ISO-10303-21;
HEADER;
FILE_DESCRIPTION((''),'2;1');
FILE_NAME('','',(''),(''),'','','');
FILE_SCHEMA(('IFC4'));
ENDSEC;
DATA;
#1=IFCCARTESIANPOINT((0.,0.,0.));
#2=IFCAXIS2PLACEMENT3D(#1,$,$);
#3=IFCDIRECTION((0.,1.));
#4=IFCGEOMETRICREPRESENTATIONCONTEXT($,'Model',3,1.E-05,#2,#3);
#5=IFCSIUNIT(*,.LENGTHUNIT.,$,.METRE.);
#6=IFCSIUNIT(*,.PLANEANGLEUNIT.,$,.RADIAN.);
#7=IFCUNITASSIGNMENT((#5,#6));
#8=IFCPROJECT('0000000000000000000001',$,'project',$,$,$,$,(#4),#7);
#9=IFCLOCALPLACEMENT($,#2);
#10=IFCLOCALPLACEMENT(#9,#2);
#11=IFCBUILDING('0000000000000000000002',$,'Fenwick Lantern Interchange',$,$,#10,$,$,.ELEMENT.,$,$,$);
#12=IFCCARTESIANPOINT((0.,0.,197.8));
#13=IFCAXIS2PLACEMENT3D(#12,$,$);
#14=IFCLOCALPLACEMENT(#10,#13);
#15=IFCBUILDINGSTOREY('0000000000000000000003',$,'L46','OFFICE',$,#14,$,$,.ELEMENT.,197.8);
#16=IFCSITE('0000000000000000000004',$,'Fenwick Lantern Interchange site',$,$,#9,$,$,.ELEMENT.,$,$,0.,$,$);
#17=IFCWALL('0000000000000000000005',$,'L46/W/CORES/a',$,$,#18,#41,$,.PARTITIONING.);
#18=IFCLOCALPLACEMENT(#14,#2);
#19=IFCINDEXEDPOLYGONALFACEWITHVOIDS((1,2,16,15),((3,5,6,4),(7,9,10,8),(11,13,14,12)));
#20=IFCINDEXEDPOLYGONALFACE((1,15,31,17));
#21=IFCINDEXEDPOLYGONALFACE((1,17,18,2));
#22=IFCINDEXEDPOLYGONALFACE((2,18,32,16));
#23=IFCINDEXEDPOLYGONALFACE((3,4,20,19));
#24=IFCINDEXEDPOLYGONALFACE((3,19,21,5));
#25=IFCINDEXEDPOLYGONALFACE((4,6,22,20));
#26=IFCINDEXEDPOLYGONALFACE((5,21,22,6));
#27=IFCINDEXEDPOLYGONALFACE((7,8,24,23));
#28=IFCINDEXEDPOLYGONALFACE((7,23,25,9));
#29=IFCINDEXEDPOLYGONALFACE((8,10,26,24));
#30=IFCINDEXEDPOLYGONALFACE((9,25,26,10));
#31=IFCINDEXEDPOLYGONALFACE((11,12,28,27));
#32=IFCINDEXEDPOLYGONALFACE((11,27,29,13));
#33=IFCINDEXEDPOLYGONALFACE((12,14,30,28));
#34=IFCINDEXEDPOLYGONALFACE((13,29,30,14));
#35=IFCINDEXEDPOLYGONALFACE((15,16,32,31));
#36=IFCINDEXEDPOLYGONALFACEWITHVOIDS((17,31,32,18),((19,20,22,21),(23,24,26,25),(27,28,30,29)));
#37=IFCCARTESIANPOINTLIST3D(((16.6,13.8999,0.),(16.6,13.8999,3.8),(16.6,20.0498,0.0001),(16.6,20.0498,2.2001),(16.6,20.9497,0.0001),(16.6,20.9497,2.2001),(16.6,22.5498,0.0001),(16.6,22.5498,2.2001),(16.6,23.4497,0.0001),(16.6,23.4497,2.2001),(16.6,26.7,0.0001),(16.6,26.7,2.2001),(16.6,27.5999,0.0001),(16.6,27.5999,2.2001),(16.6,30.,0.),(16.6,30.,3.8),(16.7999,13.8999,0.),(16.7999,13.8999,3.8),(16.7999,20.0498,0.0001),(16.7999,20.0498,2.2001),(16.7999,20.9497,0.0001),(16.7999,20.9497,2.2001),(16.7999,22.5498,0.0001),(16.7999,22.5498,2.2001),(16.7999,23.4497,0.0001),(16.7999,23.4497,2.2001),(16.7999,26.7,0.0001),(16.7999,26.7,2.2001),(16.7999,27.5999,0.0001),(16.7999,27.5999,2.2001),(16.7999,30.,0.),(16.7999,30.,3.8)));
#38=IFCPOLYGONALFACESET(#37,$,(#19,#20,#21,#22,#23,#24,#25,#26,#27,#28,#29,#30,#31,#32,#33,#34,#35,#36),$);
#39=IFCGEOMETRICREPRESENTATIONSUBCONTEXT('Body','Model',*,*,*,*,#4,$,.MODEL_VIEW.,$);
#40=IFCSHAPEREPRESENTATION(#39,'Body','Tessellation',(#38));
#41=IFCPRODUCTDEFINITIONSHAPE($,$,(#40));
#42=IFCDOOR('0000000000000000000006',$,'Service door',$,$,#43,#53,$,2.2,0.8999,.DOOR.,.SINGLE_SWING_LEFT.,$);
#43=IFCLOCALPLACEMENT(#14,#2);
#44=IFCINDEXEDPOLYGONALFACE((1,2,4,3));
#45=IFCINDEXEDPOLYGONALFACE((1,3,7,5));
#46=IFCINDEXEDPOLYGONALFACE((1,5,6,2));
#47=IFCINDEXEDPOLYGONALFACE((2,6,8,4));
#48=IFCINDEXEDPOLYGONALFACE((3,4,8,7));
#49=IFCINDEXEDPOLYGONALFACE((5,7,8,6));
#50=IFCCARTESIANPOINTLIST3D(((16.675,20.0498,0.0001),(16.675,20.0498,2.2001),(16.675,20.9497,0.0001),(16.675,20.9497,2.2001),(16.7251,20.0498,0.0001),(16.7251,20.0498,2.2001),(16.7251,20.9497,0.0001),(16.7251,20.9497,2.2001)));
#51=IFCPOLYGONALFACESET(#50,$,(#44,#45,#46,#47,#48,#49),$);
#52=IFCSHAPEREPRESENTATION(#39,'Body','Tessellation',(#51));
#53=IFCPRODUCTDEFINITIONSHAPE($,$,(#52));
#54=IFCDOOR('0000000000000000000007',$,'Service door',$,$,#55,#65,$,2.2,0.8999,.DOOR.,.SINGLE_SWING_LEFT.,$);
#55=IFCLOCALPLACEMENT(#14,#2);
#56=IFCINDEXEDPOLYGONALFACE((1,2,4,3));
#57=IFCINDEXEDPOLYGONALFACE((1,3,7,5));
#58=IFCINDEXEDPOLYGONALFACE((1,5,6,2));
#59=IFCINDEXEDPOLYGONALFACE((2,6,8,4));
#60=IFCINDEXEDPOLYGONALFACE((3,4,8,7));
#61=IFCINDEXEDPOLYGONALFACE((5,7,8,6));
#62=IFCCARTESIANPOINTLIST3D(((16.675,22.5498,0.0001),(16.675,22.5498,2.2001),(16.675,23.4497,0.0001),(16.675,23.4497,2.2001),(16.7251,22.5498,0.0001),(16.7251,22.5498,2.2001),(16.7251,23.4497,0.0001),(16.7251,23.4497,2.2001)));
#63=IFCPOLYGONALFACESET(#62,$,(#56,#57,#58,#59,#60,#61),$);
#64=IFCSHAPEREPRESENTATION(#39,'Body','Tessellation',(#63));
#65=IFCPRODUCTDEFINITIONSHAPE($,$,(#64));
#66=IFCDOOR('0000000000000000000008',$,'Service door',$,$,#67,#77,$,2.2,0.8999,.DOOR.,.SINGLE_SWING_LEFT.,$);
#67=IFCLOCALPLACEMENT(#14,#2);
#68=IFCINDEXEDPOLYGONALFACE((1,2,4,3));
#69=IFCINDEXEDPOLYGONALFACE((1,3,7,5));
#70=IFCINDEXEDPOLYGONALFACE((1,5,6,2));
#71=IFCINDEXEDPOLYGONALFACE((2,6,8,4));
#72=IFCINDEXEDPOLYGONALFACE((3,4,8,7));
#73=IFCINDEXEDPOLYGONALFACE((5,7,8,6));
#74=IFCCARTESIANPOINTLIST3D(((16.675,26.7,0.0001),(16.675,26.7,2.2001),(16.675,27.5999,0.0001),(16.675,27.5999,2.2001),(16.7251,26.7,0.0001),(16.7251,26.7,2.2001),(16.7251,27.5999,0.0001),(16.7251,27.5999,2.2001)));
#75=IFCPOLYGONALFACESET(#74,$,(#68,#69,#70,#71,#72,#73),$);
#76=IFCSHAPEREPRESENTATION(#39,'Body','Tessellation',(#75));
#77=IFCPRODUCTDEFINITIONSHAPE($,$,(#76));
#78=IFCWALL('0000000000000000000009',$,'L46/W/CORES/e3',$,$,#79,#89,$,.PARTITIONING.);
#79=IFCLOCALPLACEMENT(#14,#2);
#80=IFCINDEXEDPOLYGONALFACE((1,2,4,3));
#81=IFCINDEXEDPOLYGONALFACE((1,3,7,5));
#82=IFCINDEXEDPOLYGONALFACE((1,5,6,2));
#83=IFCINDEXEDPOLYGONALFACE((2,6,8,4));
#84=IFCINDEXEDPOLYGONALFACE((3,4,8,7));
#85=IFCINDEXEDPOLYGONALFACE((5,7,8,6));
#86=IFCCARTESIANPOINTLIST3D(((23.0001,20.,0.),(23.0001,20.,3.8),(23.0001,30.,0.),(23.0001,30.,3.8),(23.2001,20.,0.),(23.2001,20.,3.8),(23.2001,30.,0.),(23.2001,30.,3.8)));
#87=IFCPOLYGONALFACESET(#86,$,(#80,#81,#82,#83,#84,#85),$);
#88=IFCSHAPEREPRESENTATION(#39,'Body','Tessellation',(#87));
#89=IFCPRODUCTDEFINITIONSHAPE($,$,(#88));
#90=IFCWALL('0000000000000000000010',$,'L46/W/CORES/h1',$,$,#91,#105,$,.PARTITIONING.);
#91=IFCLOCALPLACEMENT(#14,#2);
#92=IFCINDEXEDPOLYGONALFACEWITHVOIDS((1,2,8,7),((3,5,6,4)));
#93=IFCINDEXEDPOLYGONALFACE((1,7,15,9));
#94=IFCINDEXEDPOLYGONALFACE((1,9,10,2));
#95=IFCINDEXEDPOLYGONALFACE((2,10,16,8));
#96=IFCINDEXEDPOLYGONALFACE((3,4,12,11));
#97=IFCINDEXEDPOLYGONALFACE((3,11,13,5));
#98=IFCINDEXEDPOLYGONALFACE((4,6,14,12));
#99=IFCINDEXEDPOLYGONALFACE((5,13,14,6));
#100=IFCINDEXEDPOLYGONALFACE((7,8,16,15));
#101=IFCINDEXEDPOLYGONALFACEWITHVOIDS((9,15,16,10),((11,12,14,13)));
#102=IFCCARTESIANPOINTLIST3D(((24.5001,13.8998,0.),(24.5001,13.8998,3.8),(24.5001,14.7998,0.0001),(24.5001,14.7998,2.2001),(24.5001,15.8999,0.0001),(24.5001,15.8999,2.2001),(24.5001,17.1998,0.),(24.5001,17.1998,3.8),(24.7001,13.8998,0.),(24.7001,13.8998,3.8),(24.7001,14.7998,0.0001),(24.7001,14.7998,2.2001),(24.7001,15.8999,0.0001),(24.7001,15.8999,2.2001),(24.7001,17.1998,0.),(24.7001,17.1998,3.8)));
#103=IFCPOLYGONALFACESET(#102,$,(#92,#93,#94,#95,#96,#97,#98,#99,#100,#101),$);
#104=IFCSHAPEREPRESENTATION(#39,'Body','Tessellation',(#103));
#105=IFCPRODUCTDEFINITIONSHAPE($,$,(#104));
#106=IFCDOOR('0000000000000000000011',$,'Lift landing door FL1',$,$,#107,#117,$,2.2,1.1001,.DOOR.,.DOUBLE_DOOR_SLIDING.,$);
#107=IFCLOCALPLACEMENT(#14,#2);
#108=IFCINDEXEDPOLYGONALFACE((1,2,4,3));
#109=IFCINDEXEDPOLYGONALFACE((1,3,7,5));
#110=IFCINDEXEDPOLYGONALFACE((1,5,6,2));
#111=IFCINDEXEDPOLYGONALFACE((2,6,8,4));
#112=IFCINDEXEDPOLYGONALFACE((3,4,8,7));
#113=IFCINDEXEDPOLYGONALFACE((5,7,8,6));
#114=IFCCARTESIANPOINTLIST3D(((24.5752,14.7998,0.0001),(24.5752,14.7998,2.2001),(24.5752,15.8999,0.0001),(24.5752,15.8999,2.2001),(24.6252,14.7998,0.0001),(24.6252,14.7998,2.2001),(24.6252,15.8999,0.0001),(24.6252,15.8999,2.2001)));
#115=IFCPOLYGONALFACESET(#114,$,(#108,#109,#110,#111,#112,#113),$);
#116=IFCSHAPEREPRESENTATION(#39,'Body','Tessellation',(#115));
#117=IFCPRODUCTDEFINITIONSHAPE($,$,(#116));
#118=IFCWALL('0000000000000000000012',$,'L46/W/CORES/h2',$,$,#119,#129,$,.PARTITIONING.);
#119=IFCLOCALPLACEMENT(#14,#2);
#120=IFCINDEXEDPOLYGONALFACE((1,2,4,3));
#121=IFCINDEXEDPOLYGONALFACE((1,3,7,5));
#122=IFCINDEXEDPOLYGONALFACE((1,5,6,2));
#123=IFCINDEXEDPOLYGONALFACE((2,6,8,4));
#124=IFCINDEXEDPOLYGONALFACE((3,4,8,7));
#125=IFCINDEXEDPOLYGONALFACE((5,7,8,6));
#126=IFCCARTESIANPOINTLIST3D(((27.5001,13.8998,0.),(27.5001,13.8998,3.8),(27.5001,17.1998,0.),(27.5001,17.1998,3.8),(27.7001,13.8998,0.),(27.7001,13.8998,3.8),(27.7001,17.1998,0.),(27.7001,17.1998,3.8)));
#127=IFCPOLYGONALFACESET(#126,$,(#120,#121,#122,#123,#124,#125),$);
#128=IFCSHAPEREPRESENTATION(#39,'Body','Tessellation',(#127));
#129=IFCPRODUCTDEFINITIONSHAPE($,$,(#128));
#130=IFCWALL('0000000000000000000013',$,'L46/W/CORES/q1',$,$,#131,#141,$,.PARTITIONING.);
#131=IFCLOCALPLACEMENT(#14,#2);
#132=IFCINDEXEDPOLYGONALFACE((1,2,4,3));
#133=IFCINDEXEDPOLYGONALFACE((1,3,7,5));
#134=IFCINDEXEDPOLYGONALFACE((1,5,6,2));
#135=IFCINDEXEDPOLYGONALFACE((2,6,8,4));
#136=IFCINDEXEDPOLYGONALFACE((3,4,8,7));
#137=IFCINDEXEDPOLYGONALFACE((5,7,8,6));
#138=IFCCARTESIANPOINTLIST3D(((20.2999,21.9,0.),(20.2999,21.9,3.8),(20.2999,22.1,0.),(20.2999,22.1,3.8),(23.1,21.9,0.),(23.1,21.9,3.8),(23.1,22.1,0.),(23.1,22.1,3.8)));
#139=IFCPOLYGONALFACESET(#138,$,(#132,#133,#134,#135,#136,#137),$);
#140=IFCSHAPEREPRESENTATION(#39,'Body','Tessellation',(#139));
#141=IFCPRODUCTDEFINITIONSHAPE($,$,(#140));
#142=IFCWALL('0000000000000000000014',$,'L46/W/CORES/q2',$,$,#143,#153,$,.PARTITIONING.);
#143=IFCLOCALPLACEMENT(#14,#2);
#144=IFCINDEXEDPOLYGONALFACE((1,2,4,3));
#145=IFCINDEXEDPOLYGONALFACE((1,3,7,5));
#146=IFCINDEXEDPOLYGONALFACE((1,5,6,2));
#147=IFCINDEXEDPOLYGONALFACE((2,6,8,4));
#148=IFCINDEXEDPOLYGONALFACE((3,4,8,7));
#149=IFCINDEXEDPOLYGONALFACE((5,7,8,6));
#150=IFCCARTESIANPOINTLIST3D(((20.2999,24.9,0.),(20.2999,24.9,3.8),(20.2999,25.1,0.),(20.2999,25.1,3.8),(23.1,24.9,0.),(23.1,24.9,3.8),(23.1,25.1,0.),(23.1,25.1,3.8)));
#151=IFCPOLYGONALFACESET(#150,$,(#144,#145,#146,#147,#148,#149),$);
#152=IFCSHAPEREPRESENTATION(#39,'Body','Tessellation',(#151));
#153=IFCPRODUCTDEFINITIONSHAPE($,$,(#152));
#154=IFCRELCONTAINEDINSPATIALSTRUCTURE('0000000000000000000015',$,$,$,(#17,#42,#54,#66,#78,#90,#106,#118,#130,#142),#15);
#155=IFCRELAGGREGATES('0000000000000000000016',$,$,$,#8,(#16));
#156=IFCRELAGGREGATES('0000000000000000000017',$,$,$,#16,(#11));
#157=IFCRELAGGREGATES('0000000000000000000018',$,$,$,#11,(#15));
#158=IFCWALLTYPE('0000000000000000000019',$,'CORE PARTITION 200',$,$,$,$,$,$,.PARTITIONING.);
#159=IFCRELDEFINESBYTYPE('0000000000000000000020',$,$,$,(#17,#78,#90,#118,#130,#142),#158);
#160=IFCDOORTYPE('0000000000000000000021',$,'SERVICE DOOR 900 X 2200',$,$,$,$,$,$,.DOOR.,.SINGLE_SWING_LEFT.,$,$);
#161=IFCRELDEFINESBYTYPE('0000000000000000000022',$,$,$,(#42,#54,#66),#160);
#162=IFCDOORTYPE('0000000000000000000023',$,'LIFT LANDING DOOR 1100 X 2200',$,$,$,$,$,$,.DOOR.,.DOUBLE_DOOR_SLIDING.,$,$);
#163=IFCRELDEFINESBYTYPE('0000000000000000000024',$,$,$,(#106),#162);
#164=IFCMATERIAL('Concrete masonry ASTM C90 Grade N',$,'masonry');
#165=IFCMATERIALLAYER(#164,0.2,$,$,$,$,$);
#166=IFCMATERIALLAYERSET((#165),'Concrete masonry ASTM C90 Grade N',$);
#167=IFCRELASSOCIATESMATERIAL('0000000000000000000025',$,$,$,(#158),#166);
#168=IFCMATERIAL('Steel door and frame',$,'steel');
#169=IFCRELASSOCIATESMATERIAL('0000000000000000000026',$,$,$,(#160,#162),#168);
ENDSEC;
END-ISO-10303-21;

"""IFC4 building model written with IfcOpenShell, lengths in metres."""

from ifc_helpers import new_model, si_unit, direction, frame, frame_2d, origin, place, context, subcontext, project, spatial, rectangle, extrude, material, layer, layer_set, type_object, element, fill, save


model = new_model("IFC4")

# Units and contexts
model_context = context("Model", 3, precision=1e-05, world=origin(), true_north=direction((0.0, 1.0)))
body_context = subcontext(model_context, "Body", "Model", "MODEL_VIEW")
ifc_project = project(units=[si_unit("LENGTHUNIT", "METRE"), si_unit("PLANEANGLEUNIT", "RADIAN")], contexts=[model_context])

# Site, building, storey
site_placement = place(None, origin())
site = spatial("IfcSite", under=ifc_project, at=site_placement, Name="Fenwick Lantern Interchange site", CompositionType="ELEMENT", RefElevation=0.0)
building_placement = place(site_placement, origin())
building = spatial("IfcBuilding", under=site, at=building_placement, Name="Fenwick Lantern Interchange", CompositionType="ELEMENT")
storey_placement = place(building_placement, frame((0.0, 0.0, 197.8)))
storey = spatial("IfcBuildingStorey", under=building, at=storey_placement, Name="L46", Description="OFFICE", CompositionType="ELEMENT", Elevation=197.8)

# Wall, openings, doors
ifc_material_1 = material(Name="Concrete masonry ASTM C90 Grade N", Category="masonry")
ifc_layer_1 = layer(ifc_material_1, 0.2)
ifc_layer_set_1 = layer_set([ifc_layer_1], Name="Concrete masonry ASTM C90 Grade N")
wall_type_1 = type_object("IfcWallType", Name="CORE PARTITION 200", PredefinedType="PARTITIONING", material=ifc_layer_set_1)
wall_1_placement = place(storey_placement, frame((16.7, 13.8999, 0.0), z_axis=(0.0, 0.0, 1.0), x_axis=(0.0, 1.0, 0.0)))
wall_1 = element("IfcWall", 1, at=wall_1_placement, inside=storey, type_object=wall_type_1, Name="L46/W/CORES/a", PredefinedType="PARTITIONING", context=body_context, shape_type="SweptSolid", body=[
    extrude(rectangle(XDim=16.1001, YDim=0.2, at=frame_2d((8.05, 0.0))), origin(), (0.0, 0.0, 1.0), 3.8),
])
opening_1_placement = place(wall_1_placement, frame((6.1499, 0.0, 0.0)))
opening_1 = element("IfcOpeningElement", 2, at=opening_1_placement, cuts=wall_1, PredefinedType="OPENING", context=body_context, shape_type="SweptSolid", body=[
    extrude(rectangle(XDim=0.8999, YDim=2.2, at=frame_2d((0.45, 1.1001))), frame((0.0, 0.1099, 0.0), z_axis=(0.0, -1.0, 0.0), x_axis=(1.0, 0.0, 0.0)), (0.0, 0.0, 1.0), 0.22),
])
opening_2_placement = place(wall_1_placement, frame((8.6499, 0.0, 0.0)))
opening_2 = element("IfcOpeningElement", 3, at=opening_2_placement, cuts=wall_1, PredefinedType="OPENING", context=body_context, shape_type="SweptSolid", body=[
    extrude(rectangle(XDim=0.8999, YDim=2.2, at=frame_2d((0.45, 1.1001))), frame((0.0, 0.1099, 0.0), z_axis=(0.0, -1.0, 0.0), x_axis=(1.0, 0.0, 0.0)), (0.0, 0.0, 1.0), 0.22),
])
opening_3_placement = place(wall_1_placement, frame((12.8, 0.0, 0.0)))
opening_3 = element("IfcOpeningElement", 4, at=opening_3_placement, cuts=wall_1, PredefinedType="OPENING", context=body_context, shape_type="SweptSolid", body=[
    extrude(rectangle(XDim=0.8999, YDim=2.2, at=frame_2d((0.45, 1.1001))), frame((0.0, 0.1099, 0.0), z_axis=(0.0, -1.0, 0.0), x_axis=(1.0, 0.0, 0.0)), (0.0, 0.0, 1.0), 0.22),
])
ifc_material_2 = material(Name="Steel door and frame", Category="steel")
door_type_1 = type_object("IfcDoorType", Name="SERVICE DOOR 900 X 2200", OperationType="SINGLE_SWING_LEFT", PredefinedType="DOOR", material=ifc_material_2)
door_1_placement = place(opening_1_placement, origin())
door_1 = element("IfcDoor", 5, at=door_1_placement, inside=storey, type_object=door_type_1, Name="Service door", OperationType="SINGLE_SWING_LEFT", OverallHeight=2.2, OverallWidth=0.8999, PredefinedType="DOOR", context=body_context, shape_type="SweptSolid", body=[
    extrude(rectangle(XDim=0.8999, YDim=2.2, at=frame_2d((0.45, 1.1001))), frame((0.0, 0.0249, 0.0), z_axis=(0.0, -1.0, 0.0), x_axis=(1.0, 0.0, 0.0)), (0.0, 0.0, 1.0), 0.05),
])
fill(opening_1, door_1)
door_2_placement = place(opening_2_placement, origin())
door_2 = element("IfcDoor", 6, at=door_2_placement, inside=storey, type_object=door_type_1, Name="Service door", OperationType="SINGLE_SWING_LEFT", OverallHeight=2.2, OverallWidth=0.8999, PredefinedType="DOOR", context=body_context, shape_type="SweptSolid", body=[
    extrude(rectangle(XDim=0.8999, YDim=2.2, at=frame_2d((0.45, 1.1001))), frame((0.0, 0.0249, 0.0), z_axis=(0.0, -1.0, 0.0), x_axis=(1.0, 0.0, 0.0)), (0.0, 0.0, 1.0), 0.05),
])
fill(opening_2, door_2)
door_3_placement = place(opening_3_placement, origin())
door_3 = element("IfcDoor", 7, at=door_3_placement, inside=storey, type_object=door_type_1, Name="Service door", OperationType="SINGLE_SWING_LEFT", OverallHeight=2.2, OverallWidth=0.8999, PredefinedType="DOOR", context=body_context, shape_type="SweptSolid", body=[
    extrude(rectangle(XDim=0.8999, YDim=2.2, at=frame_2d((0.45, 1.1001))), frame((0.0, 0.0249, 0.0), z_axis=(0.0, -1.0, 0.0), x_axis=(1.0, 0.0, 0.0)), (0.0, 0.0, 1.0), 0.05),
])
fill(opening_3, door_3)

# Wall
wall_2_placement = place(storey_placement, frame((23.1001, 20.0, 0.0), z_axis=(0.0, 0.0, 1.0), x_axis=(0.0, 1.0, 0.0)))
element("IfcWall", 8, at=wall_2_placement, inside=storey, type_object=wall_type_1, Name="L46/W/CORES/e3", PredefinedType="PARTITIONING", context=body_context, shape_type="SweptSolid", body=[
    extrude(rectangle(XDim=10.0, YDim=0.2, at=frame_2d((5.0, 0.0))), origin(), (0.0, 0.0, 1.0), 3.8),
])

# Wall, opening, door
wall_3_placement = place(storey_placement, frame((24.6001, 13.8999, 0.0), z_axis=(0.0, 0.0, 1.0), x_axis=(0.0, 1.0, 0.0)))
wall_3 = element("IfcWall", 9, at=wall_3_placement, inside=storey, type_object=wall_type_1, Name="L46/W/CORES/h1", PredefinedType="PARTITIONING", context=body_context, shape_type="SweptSolid", body=[
    extrude(rectangle(XDim=3.3, YDim=0.2, at=frame_2d((1.6499, 0.0))), origin(), (0.0, 0.0, 1.0), 3.8),
])
opening_4_placement = place(wall_3_placement, frame((0.8999, 0.0, 0.0)))
opening_4 = element("IfcOpeningElement", 10, at=opening_4_placement, cuts=wall_3, PredefinedType="OPENING", context=body_context, shape_type="SweptSolid", body=[
    extrude(rectangle(XDim=1.1001, YDim=2.2, at=frame_2d((0.55, 1.1001))), frame((0.0, 0.1099, 0.0), z_axis=(0.0, -1.0, 0.0), x_axis=(1.0, 0.0, 0.0)), (0.0, 0.0, 1.0), 0.22),
])
door_type_2 = type_object("IfcDoorType", Name="LIFT LANDING DOOR 1100 X 2200", OperationType="DOUBLE_DOOR_SLIDING", PredefinedType="DOOR", material=ifc_material_2)
door_4_placement = place(opening_4_placement, origin())
door_4 = element("IfcDoor", 11, at=door_4_placement, inside=storey, type_object=door_type_2, Name="Lift landing door FL1", OperationType="DOUBLE_DOOR_SLIDING", OverallHeight=2.2, OverallWidth=1.1001, PredefinedType="DOOR", context=body_context, shape_type="SweptSolid", body=[
    extrude(rectangle(XDim=1.1001, YDim=2.2, at=frame_2d((0.55, 1.1001))), frame((0.0, 0.0249, 0.0), z_axis=(0.0, -1.0, 0.0), x_axis=(1.0, 0.0, 0.0)), (0.0, 0.0, 1.0), 0.05),
])
fill(opening_4, door_4)

# Walls
wall_4_placement = place(storey_placement, frame((27.6001, 13.8999, 0.0), z_axis=(0.0, 0.0, 1.0), x_axis=(0.0, 1.0, 0.0)))
element("IfcWall", 12, at=wall_4_placement, inside=storey, type_object=wall_type_1, Name="L46/W/CORES/h2", PredefinedType="PARTITIONING", context=body_context, shape_type="SweptSolid", body=[
    extrude(rectangle(XDim=3.3, YDim=0.2, at=frame_2d((1.6499, 0.0))), origin(), (0.0, 0.0, 1.0), 3.8),
])
for number, where, z_axis, x_axis, name in (
    (13, (20.3, 22.0, 0.0), (0.0, 0.0, 1.0), (1.0, 0.0, 0.0), "L46/W/CORES/q1"),
    (14, (20.3, 25.0, 0.0), (0.0, 0.0, 1.0), (1.0, 0.0, 0.0), "L46/W/CORES/q2"),
):
    element("IfcWall", number, at=place(storey_placement, frame(where, z_axis=z_axis, x_axis=x_axis)), inside=storey, type_object=wall_type_1, Name=name, PredefinedType="PARTITIONING", context=body_context, shape_type="SweptSolid", body=[
        extrude(rectangle(XDim=2.8, YDim=0.2, at=frame_2d((1.3999, 0.0))), origin(), (0.0, 0.0, 1.0), 3.8),
    ])

save(model, "model.ifc")
